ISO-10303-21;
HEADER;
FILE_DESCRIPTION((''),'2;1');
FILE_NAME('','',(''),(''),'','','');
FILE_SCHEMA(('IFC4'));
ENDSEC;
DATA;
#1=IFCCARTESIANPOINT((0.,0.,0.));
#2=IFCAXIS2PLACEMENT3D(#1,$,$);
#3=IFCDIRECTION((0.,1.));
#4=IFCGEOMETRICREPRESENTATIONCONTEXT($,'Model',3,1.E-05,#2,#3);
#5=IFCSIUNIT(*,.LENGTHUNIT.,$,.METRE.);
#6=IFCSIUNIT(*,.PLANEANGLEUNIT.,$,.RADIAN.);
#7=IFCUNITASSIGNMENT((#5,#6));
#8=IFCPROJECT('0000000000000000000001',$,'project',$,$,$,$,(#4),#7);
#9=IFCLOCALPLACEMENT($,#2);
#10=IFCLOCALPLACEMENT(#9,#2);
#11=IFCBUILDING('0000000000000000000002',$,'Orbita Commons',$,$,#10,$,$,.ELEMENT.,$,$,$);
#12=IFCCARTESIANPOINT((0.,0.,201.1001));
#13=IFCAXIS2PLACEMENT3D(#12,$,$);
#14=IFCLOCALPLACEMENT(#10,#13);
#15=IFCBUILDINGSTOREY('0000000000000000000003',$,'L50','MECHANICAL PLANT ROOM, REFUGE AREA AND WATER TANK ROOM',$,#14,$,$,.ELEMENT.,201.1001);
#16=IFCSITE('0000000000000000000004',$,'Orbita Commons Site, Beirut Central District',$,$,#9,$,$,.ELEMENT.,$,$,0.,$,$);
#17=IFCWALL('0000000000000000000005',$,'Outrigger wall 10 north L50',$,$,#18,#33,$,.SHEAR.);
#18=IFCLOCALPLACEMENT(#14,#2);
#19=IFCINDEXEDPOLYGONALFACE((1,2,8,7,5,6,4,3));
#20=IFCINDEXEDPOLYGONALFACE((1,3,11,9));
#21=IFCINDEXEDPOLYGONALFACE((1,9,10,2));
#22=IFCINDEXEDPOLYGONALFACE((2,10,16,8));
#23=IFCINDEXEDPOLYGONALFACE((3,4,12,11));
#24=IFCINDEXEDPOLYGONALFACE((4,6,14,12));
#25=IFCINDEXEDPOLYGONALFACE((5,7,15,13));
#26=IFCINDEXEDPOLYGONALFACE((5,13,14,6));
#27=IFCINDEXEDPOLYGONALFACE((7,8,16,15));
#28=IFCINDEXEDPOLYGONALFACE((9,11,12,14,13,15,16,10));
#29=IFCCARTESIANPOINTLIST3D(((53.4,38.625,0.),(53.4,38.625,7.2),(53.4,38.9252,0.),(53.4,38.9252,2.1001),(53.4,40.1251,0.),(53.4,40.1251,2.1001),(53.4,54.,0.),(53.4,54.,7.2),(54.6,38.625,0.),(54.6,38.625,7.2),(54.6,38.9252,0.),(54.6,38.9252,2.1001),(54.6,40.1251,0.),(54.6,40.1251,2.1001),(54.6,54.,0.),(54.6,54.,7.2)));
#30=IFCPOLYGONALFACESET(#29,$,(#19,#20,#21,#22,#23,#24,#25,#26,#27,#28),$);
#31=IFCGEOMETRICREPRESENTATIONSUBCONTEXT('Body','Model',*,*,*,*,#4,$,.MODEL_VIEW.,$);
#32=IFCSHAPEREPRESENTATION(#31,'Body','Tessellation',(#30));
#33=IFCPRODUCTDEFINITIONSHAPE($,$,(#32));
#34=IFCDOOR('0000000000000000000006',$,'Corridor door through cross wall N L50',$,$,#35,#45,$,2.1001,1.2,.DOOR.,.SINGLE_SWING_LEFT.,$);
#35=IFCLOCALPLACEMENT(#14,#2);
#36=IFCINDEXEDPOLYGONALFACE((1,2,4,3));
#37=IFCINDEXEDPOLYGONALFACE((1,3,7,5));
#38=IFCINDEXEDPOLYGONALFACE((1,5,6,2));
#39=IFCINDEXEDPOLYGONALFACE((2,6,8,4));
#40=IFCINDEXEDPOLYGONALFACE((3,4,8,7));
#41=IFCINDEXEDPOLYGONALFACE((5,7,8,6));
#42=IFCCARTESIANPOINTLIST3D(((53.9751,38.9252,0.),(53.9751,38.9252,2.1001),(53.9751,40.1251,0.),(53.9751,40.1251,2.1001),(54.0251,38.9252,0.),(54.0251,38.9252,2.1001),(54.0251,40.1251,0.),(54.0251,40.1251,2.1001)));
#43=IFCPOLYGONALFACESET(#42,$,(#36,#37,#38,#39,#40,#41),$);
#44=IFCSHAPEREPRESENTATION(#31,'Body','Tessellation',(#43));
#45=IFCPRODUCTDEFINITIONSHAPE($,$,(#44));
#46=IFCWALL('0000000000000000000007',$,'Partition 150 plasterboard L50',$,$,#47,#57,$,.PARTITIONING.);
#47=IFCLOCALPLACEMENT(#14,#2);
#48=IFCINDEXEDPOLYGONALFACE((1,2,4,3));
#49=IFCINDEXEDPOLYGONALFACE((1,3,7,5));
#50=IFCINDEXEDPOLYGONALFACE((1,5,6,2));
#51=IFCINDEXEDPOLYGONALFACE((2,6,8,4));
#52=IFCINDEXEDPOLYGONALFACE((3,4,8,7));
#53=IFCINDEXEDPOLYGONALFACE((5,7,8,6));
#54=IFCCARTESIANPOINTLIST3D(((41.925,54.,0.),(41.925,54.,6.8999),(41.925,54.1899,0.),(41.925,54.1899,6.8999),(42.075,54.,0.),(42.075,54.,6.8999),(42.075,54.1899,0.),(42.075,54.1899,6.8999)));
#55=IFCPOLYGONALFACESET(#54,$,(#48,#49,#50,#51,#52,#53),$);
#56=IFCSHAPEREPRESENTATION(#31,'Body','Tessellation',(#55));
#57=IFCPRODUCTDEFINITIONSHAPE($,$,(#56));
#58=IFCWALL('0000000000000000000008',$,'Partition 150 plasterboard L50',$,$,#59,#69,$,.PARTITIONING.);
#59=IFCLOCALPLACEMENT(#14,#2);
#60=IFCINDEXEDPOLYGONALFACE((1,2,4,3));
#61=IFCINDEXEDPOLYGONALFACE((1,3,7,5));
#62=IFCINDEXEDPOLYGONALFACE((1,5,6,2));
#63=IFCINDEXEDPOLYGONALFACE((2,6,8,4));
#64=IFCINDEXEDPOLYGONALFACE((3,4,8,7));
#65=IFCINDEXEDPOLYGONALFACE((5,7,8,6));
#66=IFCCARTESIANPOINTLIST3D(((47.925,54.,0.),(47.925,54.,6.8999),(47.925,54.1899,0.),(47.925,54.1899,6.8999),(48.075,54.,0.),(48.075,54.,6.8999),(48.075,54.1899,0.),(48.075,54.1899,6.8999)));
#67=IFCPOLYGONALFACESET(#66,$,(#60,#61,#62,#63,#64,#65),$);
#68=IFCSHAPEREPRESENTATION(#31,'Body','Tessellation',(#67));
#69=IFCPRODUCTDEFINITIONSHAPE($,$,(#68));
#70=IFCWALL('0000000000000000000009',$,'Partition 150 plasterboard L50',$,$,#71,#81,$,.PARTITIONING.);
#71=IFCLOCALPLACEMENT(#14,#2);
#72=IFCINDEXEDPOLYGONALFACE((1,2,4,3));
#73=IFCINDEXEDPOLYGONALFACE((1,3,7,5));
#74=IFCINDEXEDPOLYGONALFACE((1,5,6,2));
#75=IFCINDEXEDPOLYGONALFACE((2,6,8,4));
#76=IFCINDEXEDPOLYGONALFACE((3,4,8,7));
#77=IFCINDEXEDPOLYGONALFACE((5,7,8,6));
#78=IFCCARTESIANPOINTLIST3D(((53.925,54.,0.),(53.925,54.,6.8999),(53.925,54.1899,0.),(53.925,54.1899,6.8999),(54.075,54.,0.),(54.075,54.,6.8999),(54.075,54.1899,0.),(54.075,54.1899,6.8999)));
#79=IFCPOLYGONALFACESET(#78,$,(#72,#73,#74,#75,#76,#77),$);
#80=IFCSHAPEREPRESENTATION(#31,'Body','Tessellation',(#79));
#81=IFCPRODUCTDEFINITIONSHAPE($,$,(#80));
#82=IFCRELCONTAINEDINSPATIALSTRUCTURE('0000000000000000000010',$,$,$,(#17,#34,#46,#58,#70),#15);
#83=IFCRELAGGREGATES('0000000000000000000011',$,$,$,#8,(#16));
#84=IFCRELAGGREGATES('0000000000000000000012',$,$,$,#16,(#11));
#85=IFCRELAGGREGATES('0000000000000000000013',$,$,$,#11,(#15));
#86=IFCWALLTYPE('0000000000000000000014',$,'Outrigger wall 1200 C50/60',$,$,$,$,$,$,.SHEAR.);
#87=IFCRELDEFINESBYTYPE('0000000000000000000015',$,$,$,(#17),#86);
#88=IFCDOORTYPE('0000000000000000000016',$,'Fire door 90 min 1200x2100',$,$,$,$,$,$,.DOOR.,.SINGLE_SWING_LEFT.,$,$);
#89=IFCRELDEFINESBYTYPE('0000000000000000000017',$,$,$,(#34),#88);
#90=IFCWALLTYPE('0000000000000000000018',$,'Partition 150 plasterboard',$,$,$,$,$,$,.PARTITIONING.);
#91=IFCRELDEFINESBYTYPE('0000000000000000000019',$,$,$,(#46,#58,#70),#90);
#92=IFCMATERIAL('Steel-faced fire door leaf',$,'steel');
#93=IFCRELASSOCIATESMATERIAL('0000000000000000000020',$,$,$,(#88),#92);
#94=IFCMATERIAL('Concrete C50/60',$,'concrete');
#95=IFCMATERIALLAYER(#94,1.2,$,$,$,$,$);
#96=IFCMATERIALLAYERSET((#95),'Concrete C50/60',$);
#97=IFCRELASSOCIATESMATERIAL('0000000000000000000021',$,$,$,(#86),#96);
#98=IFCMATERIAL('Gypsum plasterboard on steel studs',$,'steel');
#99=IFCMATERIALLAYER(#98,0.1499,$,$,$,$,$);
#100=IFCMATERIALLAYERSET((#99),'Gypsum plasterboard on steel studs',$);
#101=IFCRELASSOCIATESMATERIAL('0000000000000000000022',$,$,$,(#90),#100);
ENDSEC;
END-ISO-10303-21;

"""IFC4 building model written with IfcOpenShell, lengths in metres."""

from ifc_helpers import new_model, si_unit, direction, frame, frame_2d, origin, place, context, subcontext, project, spatial, rectangle, extrude, material, layer, layer_set, type_object, element, fill, save


model = new_model("IFC4")

# Units and contexts
model_context = context("Model", 3, precision=1e-05, world=origin(), true_north=direction((0.0, 1.0)))
body_context = subcontext(model_context, "Body", "Model", "MODEL_VIEW")
ifc_project = project(units=[si_unit("LENGTHUNIT", "METRE"), si_unit("PLANEANGLEUNIT", "RADIAN")], contexts=[model_context])

# Site, building, storey
site_placement = place(None, origin())
site = spatial("IfcSite", under=ifc_project, at=site_placement, Name="Orbita Commons Site, Beirut Central District", CompositionType="ELEMENT", RefElevation=0.0)
building_placement = place(site_placement, origin())
building = spatial("IfcBuilding", under=site, at=building_placement, Name="Orbita Commons", CompositionType="ELEMENT")
storey_placement = place(building_placement, frame((0.0, 0.0, 201.1001)))
storey = spatial("IfcBuildingStorey", under=building, at=storey_placement, Name="L50", Description="MECHANICAL PLANT ROOM, REFUGE AREA AND WATER TANK ROOM", CompositionType="ELEMENT", Elevation=201.1001)

# Wall, opening, door
ifc_material_1 = material(Name="Steel-faced fire door leaf", Category="steel")
door_type = type_object("IfcDoorType", Name="Fire door 90 min 1200x2100", OperationType="SINGLE_SWING_LEFT", PredefinedType="DOOR", material=ifc_material_1)
ifc_material_2 = material(Name="Concrete C50/60", Category="concrete")
ifc_layer_1 = layer(ifc_material_2, 1.2)
ifc_layer_set_1 = layer_set([ifc_layer_1], Name="Concrete C50/60")
wall_type_1 = type_object("IfcWallType", Name="Outrigger wall 1200 C50/60", PredefinedType="SHEAR", material=ifc_layer_set_1)
wall_1_placement = place(storey_placement, frame((54.0, 38.625, 0.0), z_axis=(0.0, 0.0, 1.0), x_axis=(0.0, 1.0, 0.0)))
wall_1 = element("IfcWall", 1, at=wall_1_placement, inside=storey, type_object=wall_type_1, Name="Outrigger wall 10 north L50", PredefinedType="SHEAR", context=body_context, shape_type="SweptSolid", body=[
    extrude(rectangle(XDim=15.375, YDim=1.2, at=frame_2d((7.6875, 0.0))), origin(), (0.0, 0.0, 1.0), 7.2),
])
opening_1_placement = place(wall_1_placement, frame((0.3, 0.0, 0.0)))
opening_1 = element("IfcOpeningElement", 2, at=opening_1_placement, cuts=wall_1, PredefinedType="OPENING", context=body_context, shape_type="SweptSolid", body=[
    extrude(rectangle(XDim=1.2, YDim=2.1001, at=frame_2d((0.6001, 1.05))), frame((0.0, 0.6099, 0.0), z_axis=(0.0, -1.0, 0.0), x_axis=(1.0, 0.0, 0.0)), (0.0, 0.0, 1.0), 1.22),
])
door_1_placement = place(opening_1_placement, origin())
door_1 = element("IfcDoor", 3, at=door_1_placement, inside=storey, type_object=door_type, Name="Corridor door through cross wall N L50", OperationType="SINGLE_SWING_LEFT", OverallHeight=2.1001, OverallWidth=1.2, PredefinedType="DOOR", context=body_context, shape_type="SweptSolid", body=[
    extrude(rectangle(XDim=1.2, YDim=2.1001, at=frame_2d((0.6001, 1.05))), frame((0.0, 0.0249, 0.0), z_axis=(0.0, -1.0, 0.0), x_axis=(1.0, 0.0, 0.0)), (0.0, 0.0, 1.0), 0.05),
])
fill(opening_1, door_1)

# Walls
ifc_material_3 = material(Name="Gypsum plasterboard on steel studs", Category="steel")
ifc_layer_2 = layer(ifc_material_3, 0.1499)
ifc_layer_set_2 = layer_set([ifc_layer_2], Name="Gypsum plasterboard on steel studs")
wall_type_2 = type_object("IfcWallType", Name="Partition 150 plasterboard", PredefinedType="PARTITIONING", material=ifc_layer_set_2)
for number, where, z_axis, x_axis, name in (
    (4, (42.0, 54.0, 0.0), (0.0, 0.0, 1.0), (0.0, 1.0, 0.0), "Partition 150 plasterboard L50"),
    (5, (48.0, 54.0, 0.0), (0.0, 0.0, 1.0), (0.0, 1.0, 0.0), "Partition 150 plasterboard L50"),
    (6, (54.0, 54.0, 0.0), (0.0, 0.0, 1.0), (0.0, 1.0, 0.0), "Partition 150 plasterboard L50"),
):
    element("IfcWall", number, at=place(storey_placement, frame(where, z_axis=z_axis, x_axis=x_axis)), inside=storey, type_object=wall_type_2, Name=name, PredefinedType="PARTITIONING", context=body_context, shape_type="SweptSolid", body=[
        extrude(rectangle(XDim=0.1899, YDim=0.1499, at=frame_2d((0.095, 0.0))), origin(), (0.0, 0.0, 1.0), 6.8999),
    ])

save(model, "model.ifc")
